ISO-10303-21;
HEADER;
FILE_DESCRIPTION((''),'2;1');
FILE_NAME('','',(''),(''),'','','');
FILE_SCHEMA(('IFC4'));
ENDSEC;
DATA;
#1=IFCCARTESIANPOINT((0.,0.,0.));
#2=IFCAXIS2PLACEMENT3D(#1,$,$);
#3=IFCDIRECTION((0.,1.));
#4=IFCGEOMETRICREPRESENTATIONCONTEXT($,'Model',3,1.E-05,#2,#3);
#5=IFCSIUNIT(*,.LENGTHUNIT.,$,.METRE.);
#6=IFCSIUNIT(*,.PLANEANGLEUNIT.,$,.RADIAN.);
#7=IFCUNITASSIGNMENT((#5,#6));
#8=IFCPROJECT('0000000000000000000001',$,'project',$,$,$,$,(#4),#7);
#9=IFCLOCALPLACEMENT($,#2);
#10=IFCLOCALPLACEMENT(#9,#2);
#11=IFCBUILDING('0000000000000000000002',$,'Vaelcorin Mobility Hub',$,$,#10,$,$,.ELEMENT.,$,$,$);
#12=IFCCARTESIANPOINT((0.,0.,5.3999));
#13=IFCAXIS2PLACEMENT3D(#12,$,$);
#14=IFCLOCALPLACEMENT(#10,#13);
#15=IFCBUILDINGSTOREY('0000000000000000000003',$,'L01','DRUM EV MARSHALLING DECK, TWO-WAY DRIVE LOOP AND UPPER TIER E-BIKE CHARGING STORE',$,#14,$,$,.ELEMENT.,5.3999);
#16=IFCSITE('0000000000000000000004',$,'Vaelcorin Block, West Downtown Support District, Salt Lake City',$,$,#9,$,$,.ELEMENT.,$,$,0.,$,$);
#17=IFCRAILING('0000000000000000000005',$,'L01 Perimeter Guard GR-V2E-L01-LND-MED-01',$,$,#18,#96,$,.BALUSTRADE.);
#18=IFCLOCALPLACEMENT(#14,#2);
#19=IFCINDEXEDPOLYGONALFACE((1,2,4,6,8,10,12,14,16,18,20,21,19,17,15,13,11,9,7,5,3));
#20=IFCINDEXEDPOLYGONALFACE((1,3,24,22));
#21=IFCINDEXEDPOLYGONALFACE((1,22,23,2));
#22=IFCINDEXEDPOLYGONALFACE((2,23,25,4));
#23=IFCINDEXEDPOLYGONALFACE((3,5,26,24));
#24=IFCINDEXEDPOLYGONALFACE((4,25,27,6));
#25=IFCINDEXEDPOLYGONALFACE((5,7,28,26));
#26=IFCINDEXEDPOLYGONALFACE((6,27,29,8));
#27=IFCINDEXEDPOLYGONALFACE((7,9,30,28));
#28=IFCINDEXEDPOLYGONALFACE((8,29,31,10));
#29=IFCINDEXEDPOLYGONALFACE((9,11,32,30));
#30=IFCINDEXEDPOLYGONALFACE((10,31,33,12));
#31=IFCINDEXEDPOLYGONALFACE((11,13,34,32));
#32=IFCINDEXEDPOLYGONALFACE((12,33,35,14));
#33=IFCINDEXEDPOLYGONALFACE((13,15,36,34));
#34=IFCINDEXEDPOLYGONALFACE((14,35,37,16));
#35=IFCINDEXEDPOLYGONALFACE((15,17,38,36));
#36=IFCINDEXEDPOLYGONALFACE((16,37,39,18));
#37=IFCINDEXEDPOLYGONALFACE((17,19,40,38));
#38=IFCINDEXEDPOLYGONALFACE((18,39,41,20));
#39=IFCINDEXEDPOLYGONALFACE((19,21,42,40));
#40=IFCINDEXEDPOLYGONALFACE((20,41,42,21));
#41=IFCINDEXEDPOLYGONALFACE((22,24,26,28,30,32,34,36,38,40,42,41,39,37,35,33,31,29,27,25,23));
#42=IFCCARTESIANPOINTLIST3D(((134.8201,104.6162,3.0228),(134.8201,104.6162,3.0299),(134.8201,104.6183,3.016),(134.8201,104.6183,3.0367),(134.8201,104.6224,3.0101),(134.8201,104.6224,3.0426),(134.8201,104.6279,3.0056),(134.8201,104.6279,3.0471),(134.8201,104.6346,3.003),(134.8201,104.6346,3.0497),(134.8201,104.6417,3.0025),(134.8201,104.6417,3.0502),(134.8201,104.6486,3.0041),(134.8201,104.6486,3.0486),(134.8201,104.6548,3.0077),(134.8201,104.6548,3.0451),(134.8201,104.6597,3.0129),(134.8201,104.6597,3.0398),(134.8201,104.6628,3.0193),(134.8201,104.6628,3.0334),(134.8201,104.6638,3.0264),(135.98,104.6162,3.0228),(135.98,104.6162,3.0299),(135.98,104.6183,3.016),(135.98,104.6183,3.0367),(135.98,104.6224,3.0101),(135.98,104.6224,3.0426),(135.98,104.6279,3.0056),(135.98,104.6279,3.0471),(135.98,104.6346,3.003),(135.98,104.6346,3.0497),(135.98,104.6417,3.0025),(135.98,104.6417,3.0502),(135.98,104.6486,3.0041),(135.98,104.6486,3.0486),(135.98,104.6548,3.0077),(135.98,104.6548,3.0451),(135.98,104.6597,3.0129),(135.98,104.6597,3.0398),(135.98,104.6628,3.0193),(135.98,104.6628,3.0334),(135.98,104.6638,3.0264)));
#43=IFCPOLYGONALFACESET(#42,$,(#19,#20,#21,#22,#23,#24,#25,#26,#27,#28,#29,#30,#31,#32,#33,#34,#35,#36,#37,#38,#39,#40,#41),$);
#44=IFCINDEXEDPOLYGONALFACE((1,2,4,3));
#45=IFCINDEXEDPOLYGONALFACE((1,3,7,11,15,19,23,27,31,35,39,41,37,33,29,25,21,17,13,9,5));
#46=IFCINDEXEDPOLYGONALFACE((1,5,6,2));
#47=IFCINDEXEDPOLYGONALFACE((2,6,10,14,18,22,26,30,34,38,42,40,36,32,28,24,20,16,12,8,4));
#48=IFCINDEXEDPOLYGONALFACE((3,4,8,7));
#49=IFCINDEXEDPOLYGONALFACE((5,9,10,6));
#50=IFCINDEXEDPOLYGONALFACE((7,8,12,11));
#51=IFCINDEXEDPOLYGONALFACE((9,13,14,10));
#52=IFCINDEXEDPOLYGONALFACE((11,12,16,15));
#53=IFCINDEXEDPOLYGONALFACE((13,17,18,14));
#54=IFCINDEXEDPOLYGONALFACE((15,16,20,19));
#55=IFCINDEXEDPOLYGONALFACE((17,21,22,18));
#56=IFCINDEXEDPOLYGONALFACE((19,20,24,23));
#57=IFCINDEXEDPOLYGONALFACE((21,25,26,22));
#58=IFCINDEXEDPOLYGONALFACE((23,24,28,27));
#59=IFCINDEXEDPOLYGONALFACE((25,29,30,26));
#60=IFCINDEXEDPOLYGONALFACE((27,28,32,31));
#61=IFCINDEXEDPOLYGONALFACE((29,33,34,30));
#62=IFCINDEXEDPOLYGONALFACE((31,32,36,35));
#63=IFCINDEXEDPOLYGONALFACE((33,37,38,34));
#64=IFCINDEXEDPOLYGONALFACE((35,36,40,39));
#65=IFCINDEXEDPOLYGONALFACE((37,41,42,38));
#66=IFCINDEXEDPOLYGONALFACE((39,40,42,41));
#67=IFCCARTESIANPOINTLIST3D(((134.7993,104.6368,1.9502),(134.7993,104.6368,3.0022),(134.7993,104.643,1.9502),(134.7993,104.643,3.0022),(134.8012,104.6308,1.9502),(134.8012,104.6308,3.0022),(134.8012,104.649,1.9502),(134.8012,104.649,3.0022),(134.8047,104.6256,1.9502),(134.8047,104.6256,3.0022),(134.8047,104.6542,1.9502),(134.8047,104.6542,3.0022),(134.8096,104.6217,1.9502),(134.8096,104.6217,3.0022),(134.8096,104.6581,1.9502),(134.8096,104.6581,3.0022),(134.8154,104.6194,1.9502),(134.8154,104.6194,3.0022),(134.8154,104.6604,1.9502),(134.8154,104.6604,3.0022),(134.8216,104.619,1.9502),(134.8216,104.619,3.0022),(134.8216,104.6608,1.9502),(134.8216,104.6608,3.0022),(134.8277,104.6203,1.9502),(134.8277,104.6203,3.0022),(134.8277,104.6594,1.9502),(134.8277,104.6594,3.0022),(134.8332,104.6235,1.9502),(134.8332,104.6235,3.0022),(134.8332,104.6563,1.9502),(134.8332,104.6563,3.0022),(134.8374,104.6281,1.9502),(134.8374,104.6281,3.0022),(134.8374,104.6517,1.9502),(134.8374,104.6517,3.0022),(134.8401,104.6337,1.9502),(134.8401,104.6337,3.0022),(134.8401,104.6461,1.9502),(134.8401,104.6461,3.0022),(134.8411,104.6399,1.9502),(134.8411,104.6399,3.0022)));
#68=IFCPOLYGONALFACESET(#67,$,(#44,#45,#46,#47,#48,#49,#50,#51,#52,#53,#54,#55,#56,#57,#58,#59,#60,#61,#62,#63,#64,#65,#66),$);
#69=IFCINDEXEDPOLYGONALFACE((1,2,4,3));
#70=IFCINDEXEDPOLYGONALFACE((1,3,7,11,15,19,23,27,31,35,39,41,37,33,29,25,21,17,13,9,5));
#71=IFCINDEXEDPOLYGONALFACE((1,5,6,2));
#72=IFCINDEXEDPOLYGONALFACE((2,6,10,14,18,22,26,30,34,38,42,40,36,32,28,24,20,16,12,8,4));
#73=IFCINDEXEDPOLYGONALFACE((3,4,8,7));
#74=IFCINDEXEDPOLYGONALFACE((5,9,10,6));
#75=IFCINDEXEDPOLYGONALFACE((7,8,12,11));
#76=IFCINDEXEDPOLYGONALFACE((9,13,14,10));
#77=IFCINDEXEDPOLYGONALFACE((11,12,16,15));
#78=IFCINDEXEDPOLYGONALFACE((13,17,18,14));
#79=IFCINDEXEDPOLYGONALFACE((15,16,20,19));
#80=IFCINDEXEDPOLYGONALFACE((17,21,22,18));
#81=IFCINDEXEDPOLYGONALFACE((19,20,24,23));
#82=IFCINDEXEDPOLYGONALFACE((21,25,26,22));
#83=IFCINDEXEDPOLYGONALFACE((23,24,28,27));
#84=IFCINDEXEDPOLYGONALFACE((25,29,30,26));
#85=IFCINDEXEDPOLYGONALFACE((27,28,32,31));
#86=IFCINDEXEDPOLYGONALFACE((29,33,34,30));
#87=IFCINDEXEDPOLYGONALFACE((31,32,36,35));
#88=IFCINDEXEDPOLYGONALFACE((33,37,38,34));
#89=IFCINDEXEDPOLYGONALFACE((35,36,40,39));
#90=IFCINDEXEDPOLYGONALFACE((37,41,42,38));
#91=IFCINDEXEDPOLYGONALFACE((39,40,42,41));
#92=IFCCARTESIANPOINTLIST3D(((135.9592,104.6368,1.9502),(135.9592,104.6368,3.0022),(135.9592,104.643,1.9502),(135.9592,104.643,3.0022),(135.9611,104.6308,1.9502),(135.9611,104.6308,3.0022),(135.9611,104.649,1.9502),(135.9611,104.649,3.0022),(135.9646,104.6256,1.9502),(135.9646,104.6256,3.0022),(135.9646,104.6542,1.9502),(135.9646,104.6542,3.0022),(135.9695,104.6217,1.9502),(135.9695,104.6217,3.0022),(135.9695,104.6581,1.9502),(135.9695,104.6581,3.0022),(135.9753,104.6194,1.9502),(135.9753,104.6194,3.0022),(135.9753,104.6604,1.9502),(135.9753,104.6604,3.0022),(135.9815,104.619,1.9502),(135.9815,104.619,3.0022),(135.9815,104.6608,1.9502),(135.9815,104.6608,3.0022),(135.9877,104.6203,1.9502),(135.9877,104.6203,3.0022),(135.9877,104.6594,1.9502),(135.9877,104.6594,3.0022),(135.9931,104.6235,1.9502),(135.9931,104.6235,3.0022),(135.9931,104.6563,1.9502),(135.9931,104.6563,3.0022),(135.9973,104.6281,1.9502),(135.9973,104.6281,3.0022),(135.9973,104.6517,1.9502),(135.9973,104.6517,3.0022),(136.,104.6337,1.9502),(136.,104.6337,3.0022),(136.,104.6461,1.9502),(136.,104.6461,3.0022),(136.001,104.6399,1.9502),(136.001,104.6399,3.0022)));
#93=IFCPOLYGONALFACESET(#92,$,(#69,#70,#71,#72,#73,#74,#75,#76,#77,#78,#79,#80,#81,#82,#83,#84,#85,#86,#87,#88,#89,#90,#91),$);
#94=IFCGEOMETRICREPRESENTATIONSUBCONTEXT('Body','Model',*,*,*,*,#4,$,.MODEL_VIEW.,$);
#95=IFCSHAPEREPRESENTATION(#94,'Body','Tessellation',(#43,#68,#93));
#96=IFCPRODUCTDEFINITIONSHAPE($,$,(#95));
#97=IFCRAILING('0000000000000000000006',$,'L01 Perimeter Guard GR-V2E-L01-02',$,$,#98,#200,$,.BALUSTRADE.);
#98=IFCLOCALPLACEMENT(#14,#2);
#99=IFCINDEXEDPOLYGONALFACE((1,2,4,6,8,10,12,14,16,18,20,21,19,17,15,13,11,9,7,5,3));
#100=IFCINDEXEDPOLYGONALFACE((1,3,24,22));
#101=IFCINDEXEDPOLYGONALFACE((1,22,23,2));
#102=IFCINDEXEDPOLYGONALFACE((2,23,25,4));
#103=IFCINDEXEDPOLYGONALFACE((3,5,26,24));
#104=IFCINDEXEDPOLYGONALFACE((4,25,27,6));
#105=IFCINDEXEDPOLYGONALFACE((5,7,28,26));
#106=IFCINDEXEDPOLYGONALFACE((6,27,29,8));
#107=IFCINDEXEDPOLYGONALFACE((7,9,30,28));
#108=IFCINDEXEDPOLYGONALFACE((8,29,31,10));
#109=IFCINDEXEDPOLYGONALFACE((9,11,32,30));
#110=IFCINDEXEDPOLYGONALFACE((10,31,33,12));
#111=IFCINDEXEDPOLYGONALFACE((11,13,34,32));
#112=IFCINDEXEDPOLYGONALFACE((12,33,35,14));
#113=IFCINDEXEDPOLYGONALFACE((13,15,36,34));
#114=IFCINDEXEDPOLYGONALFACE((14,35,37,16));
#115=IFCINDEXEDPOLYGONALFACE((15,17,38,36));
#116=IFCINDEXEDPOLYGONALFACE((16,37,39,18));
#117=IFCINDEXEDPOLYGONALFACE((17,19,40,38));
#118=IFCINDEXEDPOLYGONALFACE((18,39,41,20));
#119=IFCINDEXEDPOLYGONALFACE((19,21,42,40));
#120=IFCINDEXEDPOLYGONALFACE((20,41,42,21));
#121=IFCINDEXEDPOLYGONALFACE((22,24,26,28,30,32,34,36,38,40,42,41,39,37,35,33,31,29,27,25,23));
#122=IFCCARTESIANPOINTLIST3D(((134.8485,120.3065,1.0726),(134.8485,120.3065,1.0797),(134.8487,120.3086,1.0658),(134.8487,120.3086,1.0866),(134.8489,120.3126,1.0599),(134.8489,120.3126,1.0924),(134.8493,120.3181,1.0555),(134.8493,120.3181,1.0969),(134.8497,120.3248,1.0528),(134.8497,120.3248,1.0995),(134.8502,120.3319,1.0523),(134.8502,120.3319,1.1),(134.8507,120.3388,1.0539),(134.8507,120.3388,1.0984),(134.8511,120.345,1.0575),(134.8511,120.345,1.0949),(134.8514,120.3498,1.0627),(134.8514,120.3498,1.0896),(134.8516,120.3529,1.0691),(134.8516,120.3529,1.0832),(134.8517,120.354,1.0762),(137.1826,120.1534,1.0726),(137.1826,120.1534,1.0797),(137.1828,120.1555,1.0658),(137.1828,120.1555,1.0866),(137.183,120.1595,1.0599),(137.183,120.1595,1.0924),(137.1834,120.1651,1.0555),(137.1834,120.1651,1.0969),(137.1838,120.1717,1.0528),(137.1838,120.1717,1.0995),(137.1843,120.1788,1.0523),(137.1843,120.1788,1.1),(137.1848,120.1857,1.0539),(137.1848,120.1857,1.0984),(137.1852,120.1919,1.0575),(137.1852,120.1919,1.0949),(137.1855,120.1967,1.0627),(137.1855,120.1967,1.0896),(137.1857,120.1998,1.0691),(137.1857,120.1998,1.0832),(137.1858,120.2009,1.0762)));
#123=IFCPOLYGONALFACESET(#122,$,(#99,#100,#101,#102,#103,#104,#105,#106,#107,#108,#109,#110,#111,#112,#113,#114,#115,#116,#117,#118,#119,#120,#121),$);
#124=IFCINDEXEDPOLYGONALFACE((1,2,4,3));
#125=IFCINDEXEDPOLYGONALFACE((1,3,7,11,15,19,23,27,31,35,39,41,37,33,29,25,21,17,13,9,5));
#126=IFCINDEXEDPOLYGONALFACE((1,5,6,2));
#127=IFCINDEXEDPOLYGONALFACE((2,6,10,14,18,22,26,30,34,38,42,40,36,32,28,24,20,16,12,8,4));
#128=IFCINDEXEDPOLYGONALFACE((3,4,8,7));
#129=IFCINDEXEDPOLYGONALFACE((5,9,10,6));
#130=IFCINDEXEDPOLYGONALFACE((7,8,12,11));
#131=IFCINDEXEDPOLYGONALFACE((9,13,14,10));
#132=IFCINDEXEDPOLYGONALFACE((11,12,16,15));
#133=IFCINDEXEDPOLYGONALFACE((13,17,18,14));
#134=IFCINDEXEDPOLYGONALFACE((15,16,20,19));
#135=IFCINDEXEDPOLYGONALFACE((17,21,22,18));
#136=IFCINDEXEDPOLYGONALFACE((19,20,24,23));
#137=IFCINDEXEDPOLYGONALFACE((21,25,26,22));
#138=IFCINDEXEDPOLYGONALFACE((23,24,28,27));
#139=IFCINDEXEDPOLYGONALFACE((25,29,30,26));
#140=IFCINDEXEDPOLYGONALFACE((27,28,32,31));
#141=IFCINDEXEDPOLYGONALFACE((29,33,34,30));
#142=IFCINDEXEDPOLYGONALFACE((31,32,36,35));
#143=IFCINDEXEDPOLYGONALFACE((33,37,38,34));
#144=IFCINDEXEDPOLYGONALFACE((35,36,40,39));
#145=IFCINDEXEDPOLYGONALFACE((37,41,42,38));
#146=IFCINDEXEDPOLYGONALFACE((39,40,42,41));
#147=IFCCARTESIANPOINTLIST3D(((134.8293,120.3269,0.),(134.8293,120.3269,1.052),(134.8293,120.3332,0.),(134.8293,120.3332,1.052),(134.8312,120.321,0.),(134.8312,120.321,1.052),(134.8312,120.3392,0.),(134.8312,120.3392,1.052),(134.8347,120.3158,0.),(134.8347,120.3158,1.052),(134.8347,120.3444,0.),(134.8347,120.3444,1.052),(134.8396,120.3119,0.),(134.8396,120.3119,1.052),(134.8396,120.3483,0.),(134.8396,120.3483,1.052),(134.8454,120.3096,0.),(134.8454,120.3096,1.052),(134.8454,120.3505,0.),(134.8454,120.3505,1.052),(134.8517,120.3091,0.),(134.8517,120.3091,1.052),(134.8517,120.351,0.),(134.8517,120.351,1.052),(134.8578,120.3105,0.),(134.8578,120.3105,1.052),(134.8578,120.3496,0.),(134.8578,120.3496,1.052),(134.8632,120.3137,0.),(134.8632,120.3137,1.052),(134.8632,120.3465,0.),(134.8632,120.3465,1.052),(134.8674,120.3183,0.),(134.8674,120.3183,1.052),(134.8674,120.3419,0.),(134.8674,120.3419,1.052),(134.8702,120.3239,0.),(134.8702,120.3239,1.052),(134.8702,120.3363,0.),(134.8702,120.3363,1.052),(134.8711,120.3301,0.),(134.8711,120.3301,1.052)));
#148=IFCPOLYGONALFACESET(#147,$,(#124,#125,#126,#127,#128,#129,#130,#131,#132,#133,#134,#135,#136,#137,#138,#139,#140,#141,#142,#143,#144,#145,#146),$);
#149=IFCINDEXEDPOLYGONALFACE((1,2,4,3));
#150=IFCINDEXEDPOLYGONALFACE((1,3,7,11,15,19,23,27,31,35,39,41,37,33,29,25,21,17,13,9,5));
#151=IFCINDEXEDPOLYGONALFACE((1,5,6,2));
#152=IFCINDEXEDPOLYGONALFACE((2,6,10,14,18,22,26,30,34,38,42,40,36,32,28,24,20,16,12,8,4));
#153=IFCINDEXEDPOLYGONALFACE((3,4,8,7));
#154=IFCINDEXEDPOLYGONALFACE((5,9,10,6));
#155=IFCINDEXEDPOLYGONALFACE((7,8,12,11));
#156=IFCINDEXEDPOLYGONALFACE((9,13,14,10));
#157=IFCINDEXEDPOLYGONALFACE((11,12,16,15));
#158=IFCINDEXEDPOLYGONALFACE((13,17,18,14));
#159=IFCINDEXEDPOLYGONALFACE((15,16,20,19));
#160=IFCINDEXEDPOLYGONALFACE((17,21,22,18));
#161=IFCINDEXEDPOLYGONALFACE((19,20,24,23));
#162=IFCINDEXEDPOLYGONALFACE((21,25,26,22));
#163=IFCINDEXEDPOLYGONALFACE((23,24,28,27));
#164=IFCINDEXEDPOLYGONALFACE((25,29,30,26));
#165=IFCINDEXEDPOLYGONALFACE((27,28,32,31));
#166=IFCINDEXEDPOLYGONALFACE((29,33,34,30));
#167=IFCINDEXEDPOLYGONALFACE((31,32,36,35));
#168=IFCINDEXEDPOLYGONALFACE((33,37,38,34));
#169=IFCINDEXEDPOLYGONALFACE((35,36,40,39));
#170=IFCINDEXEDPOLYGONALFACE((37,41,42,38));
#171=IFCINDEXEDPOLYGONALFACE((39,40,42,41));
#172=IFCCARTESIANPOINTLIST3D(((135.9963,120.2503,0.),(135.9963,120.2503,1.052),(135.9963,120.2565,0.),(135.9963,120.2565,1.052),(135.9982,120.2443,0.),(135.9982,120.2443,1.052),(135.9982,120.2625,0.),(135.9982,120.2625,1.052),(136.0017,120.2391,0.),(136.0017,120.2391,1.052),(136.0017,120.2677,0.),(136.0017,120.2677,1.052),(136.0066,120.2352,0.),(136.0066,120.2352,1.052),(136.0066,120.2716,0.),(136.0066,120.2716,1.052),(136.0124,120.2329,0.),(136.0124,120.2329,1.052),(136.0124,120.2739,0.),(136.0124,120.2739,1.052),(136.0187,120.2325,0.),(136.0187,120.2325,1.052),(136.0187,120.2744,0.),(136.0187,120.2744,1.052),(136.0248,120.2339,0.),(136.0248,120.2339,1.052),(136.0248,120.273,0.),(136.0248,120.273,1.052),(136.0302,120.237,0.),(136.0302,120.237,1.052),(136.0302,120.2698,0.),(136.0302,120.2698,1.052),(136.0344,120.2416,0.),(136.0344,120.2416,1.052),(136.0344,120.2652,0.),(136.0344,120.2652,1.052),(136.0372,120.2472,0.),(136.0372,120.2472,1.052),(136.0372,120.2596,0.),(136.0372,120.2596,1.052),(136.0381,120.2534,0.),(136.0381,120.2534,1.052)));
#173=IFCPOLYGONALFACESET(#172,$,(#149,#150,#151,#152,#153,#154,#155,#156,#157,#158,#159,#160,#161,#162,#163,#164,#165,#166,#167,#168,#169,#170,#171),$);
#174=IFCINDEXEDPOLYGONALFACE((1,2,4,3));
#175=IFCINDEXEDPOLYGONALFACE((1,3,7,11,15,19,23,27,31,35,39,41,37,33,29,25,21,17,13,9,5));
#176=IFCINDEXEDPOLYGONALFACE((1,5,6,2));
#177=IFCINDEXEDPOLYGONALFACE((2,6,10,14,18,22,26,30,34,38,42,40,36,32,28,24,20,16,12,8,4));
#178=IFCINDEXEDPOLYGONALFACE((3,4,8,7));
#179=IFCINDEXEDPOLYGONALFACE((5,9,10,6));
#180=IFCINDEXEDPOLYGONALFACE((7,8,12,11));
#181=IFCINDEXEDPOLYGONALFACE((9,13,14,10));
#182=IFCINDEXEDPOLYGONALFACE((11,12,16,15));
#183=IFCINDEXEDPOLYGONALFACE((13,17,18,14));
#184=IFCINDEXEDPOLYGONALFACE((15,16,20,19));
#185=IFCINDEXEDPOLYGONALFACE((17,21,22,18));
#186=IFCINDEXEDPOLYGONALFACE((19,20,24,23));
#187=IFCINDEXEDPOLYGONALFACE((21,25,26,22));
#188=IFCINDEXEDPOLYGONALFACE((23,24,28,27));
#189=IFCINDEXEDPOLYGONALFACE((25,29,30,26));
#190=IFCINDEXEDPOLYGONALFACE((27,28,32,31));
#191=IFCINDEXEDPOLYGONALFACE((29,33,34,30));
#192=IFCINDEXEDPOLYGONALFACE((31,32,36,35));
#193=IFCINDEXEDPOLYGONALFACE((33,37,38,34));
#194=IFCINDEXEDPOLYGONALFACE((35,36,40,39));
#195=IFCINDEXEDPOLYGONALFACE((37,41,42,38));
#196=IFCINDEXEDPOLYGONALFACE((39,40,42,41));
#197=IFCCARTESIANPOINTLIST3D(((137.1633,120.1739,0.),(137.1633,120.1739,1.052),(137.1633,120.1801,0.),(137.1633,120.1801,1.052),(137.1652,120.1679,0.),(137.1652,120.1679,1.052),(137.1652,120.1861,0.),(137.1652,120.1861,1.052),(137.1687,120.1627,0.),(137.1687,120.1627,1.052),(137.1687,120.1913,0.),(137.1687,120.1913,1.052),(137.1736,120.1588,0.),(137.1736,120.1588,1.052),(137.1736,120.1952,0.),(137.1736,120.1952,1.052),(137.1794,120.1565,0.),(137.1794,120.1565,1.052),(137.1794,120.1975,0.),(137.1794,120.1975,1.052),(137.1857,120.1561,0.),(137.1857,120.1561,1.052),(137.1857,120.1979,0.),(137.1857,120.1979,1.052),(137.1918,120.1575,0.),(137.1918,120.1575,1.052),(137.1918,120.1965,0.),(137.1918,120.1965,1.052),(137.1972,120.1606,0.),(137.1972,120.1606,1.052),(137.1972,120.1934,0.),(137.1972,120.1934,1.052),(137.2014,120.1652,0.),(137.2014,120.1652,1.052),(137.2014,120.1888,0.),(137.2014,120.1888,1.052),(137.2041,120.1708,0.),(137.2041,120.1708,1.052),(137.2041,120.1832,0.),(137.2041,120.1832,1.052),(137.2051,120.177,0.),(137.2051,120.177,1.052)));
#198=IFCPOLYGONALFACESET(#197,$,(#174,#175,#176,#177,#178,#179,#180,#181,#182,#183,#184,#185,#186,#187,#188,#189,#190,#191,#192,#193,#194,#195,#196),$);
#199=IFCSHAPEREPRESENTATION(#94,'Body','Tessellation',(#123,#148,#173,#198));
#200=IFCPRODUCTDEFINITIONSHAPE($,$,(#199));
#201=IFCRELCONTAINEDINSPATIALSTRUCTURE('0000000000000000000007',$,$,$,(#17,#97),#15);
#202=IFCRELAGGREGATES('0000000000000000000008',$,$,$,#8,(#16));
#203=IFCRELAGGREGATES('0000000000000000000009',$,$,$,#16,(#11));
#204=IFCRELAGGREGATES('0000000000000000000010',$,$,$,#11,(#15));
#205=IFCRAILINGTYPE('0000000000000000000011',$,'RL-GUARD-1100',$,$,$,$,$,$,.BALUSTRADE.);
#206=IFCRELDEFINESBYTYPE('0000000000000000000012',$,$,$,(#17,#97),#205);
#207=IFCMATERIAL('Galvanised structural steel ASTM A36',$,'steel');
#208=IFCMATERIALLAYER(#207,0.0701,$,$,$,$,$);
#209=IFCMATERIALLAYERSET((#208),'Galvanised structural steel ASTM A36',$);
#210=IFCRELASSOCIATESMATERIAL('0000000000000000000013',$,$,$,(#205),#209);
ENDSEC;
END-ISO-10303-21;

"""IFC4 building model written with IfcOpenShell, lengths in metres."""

from ifc_helpers import new_model, si_unit, direction, frame, origin, origin_2d, place, context, subcontext, project, spatial, circle, extrude, material, layer, layer_set, type_object, element, save


model = new_model("IFC4")

# Units and contexts
model_context = context("Model", 3, precision=1e-05, world=origin(), true_north=direction((0.0, 1.0)))
body_context = subcontext(model_context, "Body", "Model", "MODEL_VIEW")
ifc_project = project(units=[si_unit("LENGTHUNIT", "METRE"), si_unit("PLANEANGLEUNIT", "RADIAN")], contexts=[model_context])

# Site, building, storey
site_placement = place(None, origin())
site = spatial("IfcSite", under=ifc_project, at=site_placement, Name="Vaelcorin Block, West Downtown Support District, Salt Lake City", CompositionType="ELEMENT", RefElevation=0.0)
building_placement = place(site_placement, origin())
building = spatial("IfcBuilding", under=site, at=building_placement, Name="Vaelcorin Mobility Hub", CompositionType="ELEMENT")
storey_placement = place(building_placement, frame((0.0, 0.0, 5.3999)))
storey = spatial("IfcBuildingStorey", under=building, at=storey_placement, Name="L01", Description="DRUM EV MARSHALLING DECK, TWO-WAY DRIVE LOOP AND UPPER TIER E-BIKE CHARGING STORE", CompositionType="ELEMENT", Elevation=5.3999)

# Railings
ifc_material_1 = material(Name="Galvanised structural steel ASTM A36", Category="steel")
ifc_layer_1 = layer(ifc_material_1, 0.0701)
ifc_layer_set_1 = layer_set([ifc_layer_1], Name="Galvanised structural steel ASTM A36")
railing_type = type_object("IfcRailingType", Name="RL-GUARD-1100", PredefinedType="BALUSTRADE", material=ifc_layer_set_1)
railing_1_placement = place(storey_placement, frame((134.8201, 104.6399, 1.9502)))
element("IfcRailing", 1, at=railing_1_placement, inside=storey, type_object=railing_type, Name="L01 Perimeter Guard GR-V2E-L01-LND-MED-01", PredefinedType="BALUSTRADE", context=body_context, shape_type="SweptSolid", body=[
    extrude(circle(Radius=0.0239, at=origin_2d()), frame((0.0, 0.0, 1.0762), z_axis=(1.0, 0.0, 0.0), x_axis=(0.0, 1.0, 0.0)), (0.0, 0.0, 1.0), 1.1599),
    extrude(circle(Radius=0.021, at=origin_2d()), origin(), (0.0, 0.0, 1.0), 1.052),
    extrude(circle(Radius=0.021, at=origin_2d()), frame((1.1599, 0.0, 0.0)), (0.0, 0.0, 1.0), 1.052),
])
railing_2_placement = place(storey_placement, frame((134.8501, 120.3301, 0.0)))
element("IfcRailing", 2, at=railing_2_placement, inside=storey, type_object=railing_type, Name="L01 Perimeter Guard GR-V2E-L01-02", PredefinedType="BALUSTRADE", context=body_context, shape_type="SweptSolid", body=[
    extrude(circle(Radius=0.0239, at=origin_2d()), frame((0.0, 0.0, 1.0762), z_axis=(0.997856, -0.065445, 0.0), x_axis=(0.065445, 0.997856, 0.0)), (0.0, 0.0, 1.0), 2.3391),
    extrude(circle(Radius=0.021, at=origin_2d()), origin(), (0.0, 0.0, 1.0), 1.052),
    extrude(circle(Radius=0.021, at=origin_2d()), frame((1.167, -0.0767, 0.0)), (0.0, 0.0, 1.0), 1.052),
    extrude(circle(Radius=0.021, at=origin_2d()), frame((2.334, -0.1531, 0.0)), (0.0, 0.0, 1.0), 1.052),
])

save(model, "model.ifc")
